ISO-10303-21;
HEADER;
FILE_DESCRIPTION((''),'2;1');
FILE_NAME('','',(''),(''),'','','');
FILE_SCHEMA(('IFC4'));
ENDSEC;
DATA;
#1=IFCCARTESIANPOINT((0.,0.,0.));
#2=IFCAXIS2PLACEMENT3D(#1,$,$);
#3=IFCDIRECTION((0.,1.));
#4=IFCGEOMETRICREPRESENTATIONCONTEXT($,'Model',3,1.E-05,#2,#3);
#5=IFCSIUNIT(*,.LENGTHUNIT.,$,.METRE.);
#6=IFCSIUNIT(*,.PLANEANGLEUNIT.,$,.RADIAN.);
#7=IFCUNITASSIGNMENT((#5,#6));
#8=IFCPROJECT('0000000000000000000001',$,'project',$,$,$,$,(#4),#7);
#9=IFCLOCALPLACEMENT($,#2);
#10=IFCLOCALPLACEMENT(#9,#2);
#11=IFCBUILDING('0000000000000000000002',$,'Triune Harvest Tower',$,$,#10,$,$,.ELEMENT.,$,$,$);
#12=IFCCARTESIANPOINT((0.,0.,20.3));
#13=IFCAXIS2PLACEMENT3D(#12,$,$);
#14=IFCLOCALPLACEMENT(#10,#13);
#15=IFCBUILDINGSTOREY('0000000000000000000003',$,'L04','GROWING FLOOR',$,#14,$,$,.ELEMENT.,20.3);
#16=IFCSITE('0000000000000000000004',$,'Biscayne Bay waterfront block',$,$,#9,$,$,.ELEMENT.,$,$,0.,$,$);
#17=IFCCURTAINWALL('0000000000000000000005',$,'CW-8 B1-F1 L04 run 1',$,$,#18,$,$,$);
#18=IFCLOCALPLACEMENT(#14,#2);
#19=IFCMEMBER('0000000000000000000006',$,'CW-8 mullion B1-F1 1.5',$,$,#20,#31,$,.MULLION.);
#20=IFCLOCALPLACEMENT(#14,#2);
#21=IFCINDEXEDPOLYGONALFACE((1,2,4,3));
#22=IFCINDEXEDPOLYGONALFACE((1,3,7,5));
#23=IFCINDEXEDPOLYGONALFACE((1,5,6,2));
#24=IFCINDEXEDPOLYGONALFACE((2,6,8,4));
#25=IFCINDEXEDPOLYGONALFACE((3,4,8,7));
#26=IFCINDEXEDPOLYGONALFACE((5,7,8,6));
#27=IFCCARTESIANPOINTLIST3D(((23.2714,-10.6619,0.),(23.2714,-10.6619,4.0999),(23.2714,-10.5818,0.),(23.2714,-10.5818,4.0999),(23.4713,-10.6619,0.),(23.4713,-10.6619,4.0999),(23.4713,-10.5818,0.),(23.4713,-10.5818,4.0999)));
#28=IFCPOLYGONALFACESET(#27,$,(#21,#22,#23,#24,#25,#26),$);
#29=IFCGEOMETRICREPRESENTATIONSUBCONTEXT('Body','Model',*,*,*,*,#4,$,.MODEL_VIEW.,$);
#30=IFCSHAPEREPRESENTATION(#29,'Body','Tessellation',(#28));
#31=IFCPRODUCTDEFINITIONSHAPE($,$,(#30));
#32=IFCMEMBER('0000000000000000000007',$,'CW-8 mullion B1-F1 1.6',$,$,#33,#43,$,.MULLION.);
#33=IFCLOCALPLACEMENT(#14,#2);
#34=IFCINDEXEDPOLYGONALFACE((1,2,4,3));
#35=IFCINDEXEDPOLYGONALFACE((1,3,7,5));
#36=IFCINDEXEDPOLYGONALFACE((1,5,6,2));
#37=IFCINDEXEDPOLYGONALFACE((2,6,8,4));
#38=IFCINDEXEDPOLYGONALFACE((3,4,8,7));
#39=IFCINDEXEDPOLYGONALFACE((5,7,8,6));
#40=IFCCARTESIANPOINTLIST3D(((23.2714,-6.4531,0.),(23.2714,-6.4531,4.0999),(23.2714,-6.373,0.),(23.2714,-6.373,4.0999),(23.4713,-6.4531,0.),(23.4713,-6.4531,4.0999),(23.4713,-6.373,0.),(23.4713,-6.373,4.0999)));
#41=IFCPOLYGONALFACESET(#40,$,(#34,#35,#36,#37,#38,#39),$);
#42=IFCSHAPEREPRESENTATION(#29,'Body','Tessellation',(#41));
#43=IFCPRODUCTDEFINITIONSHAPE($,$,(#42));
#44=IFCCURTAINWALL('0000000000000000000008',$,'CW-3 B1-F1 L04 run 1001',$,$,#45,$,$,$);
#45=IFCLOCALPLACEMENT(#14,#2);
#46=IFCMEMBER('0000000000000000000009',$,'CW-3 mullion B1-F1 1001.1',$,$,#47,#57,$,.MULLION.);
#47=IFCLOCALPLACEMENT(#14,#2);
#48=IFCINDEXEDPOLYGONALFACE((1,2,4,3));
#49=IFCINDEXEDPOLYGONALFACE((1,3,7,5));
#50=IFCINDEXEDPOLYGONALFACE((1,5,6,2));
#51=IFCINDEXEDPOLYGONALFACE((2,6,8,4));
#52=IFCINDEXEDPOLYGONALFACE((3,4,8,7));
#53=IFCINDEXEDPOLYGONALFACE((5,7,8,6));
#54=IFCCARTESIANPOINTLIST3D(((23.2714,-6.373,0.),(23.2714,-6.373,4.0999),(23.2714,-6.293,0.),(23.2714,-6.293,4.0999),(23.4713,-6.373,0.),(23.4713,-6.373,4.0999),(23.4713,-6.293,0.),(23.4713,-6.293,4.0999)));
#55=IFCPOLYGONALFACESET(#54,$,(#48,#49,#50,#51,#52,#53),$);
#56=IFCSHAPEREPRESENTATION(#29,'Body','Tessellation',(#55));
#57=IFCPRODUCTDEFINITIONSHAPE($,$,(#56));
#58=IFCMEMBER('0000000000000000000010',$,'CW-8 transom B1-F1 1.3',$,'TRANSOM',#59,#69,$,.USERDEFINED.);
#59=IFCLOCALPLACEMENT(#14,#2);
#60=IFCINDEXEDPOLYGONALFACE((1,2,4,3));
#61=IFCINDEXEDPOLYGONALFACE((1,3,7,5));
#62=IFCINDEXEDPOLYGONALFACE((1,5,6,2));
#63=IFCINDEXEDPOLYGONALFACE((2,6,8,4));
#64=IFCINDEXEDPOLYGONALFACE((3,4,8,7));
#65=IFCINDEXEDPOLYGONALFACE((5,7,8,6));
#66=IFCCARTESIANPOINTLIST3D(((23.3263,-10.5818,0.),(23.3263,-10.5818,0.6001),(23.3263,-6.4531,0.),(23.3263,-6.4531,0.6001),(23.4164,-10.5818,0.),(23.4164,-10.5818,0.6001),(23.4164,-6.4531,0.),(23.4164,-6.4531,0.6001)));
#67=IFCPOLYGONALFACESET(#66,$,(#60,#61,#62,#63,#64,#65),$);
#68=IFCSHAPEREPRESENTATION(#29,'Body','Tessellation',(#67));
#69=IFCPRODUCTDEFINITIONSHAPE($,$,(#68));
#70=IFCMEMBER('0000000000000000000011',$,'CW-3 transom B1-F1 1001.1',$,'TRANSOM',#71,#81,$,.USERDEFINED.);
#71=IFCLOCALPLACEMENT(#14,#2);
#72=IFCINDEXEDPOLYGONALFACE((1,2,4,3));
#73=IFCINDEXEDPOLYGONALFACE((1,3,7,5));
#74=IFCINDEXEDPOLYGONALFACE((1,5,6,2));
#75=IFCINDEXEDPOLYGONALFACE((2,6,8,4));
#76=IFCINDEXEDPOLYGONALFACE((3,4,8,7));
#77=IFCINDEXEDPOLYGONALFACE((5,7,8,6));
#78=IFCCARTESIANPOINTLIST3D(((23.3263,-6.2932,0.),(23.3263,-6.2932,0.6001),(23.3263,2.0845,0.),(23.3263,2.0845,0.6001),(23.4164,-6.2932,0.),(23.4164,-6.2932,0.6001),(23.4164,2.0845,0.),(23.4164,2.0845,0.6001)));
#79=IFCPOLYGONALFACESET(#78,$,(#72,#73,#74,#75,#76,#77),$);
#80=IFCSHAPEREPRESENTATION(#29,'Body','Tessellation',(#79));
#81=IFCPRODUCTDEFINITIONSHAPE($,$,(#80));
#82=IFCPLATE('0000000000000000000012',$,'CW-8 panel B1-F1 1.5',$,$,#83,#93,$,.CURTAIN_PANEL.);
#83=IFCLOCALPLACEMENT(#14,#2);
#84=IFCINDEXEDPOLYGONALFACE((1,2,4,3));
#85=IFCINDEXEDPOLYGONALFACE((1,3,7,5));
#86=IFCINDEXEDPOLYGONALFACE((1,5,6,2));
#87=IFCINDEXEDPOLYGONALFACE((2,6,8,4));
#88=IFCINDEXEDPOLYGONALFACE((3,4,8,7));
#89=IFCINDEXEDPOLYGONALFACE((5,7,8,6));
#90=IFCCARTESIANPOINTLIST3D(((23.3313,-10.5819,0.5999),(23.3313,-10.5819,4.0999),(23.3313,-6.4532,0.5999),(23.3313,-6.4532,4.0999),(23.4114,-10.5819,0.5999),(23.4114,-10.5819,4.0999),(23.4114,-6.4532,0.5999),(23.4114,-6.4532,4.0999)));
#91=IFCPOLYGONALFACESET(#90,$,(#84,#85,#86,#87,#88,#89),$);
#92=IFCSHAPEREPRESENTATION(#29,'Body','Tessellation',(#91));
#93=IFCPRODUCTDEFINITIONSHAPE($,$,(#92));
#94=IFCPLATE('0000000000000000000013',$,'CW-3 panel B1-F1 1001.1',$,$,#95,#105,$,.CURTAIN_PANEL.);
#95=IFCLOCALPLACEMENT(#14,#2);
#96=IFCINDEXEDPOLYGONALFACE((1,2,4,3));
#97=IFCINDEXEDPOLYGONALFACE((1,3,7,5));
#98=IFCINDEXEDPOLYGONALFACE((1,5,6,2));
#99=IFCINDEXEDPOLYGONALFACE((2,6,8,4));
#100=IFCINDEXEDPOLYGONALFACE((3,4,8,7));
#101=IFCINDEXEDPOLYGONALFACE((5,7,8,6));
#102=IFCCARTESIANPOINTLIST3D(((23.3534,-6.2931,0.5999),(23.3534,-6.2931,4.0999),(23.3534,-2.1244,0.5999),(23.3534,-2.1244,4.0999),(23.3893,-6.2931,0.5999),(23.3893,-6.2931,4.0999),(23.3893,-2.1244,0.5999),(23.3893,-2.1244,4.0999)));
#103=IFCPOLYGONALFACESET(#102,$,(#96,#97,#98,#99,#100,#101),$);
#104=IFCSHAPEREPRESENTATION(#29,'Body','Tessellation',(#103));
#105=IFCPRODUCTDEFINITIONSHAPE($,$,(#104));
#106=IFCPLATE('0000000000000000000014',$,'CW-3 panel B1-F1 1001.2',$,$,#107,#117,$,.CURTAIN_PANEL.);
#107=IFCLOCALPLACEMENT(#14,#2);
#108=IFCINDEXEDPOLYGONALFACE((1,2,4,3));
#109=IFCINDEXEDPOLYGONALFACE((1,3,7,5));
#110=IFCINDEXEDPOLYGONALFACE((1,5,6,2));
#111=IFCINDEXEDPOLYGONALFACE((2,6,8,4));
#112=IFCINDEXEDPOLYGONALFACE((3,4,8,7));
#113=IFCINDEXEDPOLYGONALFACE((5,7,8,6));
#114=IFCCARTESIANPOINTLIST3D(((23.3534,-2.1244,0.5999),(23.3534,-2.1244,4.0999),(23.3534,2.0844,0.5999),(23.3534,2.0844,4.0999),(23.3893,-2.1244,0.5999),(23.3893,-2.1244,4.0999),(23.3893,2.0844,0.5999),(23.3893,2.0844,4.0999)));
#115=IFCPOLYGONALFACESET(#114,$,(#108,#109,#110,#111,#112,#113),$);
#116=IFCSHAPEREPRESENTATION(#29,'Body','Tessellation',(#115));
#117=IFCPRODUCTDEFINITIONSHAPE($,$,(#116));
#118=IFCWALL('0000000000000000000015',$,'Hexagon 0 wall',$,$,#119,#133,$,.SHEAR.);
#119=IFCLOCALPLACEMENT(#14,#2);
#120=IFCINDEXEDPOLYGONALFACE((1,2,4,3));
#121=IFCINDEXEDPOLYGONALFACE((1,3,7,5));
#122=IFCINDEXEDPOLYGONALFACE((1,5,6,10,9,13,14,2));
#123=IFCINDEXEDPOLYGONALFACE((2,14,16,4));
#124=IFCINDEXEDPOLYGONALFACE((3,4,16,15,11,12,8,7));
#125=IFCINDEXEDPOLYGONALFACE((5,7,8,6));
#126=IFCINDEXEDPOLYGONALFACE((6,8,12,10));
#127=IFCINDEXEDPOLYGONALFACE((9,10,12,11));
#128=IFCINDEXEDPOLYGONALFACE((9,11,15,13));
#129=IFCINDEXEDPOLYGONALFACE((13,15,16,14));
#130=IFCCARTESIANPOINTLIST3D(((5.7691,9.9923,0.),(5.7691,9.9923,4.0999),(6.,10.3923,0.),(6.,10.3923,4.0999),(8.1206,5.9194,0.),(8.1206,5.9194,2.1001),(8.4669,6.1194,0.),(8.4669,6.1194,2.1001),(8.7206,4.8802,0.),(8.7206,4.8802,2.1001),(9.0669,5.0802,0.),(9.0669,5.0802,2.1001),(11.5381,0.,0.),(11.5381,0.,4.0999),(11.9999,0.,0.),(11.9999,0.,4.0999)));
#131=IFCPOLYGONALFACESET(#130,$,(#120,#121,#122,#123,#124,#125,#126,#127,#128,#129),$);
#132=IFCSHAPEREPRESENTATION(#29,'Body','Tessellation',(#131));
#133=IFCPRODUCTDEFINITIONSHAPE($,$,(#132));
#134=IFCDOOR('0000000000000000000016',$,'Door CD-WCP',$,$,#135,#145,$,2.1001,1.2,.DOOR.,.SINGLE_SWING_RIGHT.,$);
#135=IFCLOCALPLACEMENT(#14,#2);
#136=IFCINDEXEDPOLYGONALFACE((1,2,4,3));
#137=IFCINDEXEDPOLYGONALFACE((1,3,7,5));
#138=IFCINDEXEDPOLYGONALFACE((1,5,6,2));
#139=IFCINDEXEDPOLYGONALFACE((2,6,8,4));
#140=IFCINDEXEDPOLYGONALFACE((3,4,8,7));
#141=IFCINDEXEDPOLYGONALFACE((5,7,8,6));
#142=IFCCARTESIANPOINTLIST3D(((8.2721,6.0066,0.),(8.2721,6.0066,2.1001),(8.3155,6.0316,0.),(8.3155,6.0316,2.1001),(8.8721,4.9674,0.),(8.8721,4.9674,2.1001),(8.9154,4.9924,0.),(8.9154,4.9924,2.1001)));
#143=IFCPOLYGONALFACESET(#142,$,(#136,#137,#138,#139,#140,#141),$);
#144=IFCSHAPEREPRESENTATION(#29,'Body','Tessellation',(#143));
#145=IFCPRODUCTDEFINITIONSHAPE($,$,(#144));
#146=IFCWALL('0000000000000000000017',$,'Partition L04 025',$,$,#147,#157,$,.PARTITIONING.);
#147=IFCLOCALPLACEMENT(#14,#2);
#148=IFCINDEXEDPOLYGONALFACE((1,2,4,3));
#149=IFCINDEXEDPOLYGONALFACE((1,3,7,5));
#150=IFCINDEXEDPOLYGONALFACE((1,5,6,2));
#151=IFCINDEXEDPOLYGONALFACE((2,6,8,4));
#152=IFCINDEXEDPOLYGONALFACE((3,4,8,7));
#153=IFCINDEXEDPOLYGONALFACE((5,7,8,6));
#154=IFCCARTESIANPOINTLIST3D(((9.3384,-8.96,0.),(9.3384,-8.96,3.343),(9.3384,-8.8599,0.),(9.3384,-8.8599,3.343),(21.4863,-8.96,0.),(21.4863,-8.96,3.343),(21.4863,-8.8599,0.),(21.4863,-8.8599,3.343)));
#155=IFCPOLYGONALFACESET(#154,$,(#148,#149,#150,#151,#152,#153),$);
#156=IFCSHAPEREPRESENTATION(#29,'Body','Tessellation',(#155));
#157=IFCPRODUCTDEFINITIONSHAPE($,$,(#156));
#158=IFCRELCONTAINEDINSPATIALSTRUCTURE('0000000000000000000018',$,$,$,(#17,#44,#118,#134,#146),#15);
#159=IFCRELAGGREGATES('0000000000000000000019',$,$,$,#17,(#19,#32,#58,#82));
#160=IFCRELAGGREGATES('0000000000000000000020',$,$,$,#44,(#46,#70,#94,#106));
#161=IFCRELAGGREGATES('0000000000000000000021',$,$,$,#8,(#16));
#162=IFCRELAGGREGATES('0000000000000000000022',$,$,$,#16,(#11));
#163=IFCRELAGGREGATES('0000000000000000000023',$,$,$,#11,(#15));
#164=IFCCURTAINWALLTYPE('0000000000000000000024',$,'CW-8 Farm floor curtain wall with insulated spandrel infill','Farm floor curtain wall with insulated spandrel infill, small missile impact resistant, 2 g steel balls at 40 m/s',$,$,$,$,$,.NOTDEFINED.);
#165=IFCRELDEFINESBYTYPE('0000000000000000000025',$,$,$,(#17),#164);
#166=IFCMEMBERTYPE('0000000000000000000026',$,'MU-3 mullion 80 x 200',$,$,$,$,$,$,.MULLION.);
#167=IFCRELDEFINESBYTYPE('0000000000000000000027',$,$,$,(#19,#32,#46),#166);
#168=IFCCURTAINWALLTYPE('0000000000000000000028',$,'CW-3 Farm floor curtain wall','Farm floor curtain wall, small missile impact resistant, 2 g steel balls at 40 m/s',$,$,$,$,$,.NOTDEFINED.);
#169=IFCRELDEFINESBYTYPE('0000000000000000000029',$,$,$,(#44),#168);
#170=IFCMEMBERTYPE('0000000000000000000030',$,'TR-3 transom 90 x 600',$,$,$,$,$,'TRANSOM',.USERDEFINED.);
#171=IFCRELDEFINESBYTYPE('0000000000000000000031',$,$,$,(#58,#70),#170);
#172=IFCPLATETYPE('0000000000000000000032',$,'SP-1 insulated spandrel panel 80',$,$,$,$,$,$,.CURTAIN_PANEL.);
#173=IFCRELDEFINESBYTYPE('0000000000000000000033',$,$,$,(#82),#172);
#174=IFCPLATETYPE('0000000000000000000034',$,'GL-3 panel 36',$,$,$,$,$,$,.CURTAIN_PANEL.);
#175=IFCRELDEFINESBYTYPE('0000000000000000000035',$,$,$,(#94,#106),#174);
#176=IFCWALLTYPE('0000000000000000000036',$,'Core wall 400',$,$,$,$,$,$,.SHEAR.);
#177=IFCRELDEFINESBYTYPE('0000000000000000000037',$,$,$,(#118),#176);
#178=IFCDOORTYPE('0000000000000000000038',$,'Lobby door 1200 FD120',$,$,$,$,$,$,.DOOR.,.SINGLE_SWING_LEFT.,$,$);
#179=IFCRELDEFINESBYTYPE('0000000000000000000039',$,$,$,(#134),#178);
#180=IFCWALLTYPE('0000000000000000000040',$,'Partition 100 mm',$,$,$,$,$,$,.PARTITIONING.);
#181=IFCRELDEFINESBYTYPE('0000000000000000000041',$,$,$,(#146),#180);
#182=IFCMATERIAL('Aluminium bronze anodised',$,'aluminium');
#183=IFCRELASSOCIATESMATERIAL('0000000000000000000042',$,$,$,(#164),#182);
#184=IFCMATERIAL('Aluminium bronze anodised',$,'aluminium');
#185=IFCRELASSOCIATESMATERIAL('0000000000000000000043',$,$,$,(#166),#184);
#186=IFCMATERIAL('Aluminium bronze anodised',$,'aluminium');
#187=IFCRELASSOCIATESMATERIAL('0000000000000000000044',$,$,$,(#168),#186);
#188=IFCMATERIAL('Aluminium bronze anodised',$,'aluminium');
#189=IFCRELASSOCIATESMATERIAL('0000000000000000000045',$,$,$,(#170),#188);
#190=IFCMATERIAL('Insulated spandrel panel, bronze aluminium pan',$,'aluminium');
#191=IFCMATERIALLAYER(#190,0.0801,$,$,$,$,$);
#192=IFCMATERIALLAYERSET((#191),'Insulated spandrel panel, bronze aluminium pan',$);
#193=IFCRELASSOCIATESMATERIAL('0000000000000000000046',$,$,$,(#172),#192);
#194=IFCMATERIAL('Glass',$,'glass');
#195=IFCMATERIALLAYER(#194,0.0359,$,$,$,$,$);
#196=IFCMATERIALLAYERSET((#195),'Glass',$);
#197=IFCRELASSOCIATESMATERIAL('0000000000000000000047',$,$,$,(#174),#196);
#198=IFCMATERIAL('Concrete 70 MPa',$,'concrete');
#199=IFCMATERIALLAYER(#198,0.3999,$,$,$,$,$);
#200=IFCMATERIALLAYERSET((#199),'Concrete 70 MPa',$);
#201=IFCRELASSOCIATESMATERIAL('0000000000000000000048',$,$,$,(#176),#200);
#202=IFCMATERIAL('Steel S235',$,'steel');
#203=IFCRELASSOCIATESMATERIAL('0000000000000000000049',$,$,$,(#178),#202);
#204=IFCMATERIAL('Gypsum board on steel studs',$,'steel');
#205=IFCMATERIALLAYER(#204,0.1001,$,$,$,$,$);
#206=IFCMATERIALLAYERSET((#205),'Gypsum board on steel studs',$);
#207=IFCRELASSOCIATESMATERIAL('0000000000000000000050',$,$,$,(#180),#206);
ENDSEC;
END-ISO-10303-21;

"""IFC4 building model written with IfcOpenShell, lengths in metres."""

from ifc_helpers import new_model, si_unit, direction, frame, frame_2d, origin, origin_2d, place, context, subcontext, project, spatial, polyline, rectangle, outline, extrude, source, transform, mapped, material, layer, layer_set, material_profile, profile_set, type_object, element, fill, aggregate, save


model = new_model("IFC4")

# Units and contexts
model_context = context("Model", 3, precision=1e-05, world=origin(), true_north=direction((0.0, 1.0)))
body_context = subcontext(model_context, "Body", "Model", "MODEL_VIEW")
ifc_project = project(units=[si_unit("LENGTHUNIT", "METRE"), si_unit("PLANEANGLEUNIT", "RADIAN")], contexts=[model_context])

# Site, building, storey
site_placement = place(None, origin())
site = spatial("IfcSite", under=ifc_project, at=site_placement, Name="Biscayne Bay waterfront block", CompositionType="ELEMENT", RefElevation=0.0)
building_placement = place(site_placement, origin())
building = spatial("IfcBuilding", under=site, at=building_placement, Name="Triune Harvest Tower", CompositionType="ELEMENT")
storey_placement = place(building_placement, frame((0.0, 0.0, 20.3)))
storey = spatial("IfcBuildingStorey", under=building, at=storey_placement, Name="L04", Description="GROWING FLOOR", CompositionType="ELEMENT", Elevation=20.3)

# Curtain wall, members
ifc_material_1 = material(Name="Aluminium bronze anodised", Category="aluminium")
curtain_wall_type_1 = type_object("IfcCurtainWallType", Name="CW-8 Farm floor curtain wall with insulated spandrel infill", Description="Farm floor curtain wall with insulated spandrel infill, small missile impact resistant, 2 g steel balls at 40 m/s", PredefinedType="NOTDEFINED", material=ifc_material_1)
curtain_wall_1_placement = place(storey_placement, origin())
curtain_wall_1 = element("IfcCurtainWall", 1, at=curtain_wall_1_placement, inside=storey, type_object=curtain_wall_type_1, Name="CW-8 B1-F1 L04 run 1")
ifc_material_2 = material(Name="Aluminium bronze anodised", Category="aluminium")
ifc_material_profile_1 = material_profile(ifc_material_2, rectangle(XDim=0.2, YDim=0.0801, at=origin_2d()), Name="MU-3 mullion 80 x 200")
ifc_profile_set_1 = profile_set([ifc_material_profile_1], Name="Aluminium bronze anodised")
member_type_1 = type_object("IfcMemberType", Name="MU-3 mullion 80 x 200", PredefinedType="MULLION", material=ifc_profile_set_1)
shared_shape_1 = source(origin(), body_context, "Body", "SweptSolid", [
    extrude(rectangle(XDim=0.2, YDim=0.0801, at=origin_2d()), origin(), (0.0, 0.0, 1.0), 4.0999),
])
member_1_placement = place(storey_placement, frame((23.3713, -10.6218, 0.0), z_axis=(0.0, 0.0, 1.0), x_axis=(-1.0, 0.0, 0.0)))
member_1 = element("IfcMember", 2, at=member_1_placement, type_object=member_type_1, Name="CW-8 mullion B1-F1 1.5", PredefinedType="MULLION", context=body_context, shape_type="MappedRepresentation", body=[
    mapped(shared_shape_1, transform((0.0, 0.0, 0.0), scale=1.0)),
])
member_2_placement = place(storey_placement, frame((23.3713, -6.4131, 0.0), z_axis=(0.0, 0.0, 1.0), x_axis=(-1.0, 0.0, 0.0)))
member_2 = element("IfcMember", 3, at=member_2_placement, type_object=member_type_1, Name="CW-8 mullion B1-F1 1.6", PredefinedType="MULLION", context=body_context, shape_type="MappedRepresentation", body=[
    mapped(shared_shape_1, transform((0.0, 0.0, 0.0), scale=1.0)),
])

# Curtain wall, member
ifc_material_3 = material(Name="Aluminium bronze anodised", Category="aluminium")
curtain_wall_type_2 = type_object("IfcCurtainWallType", Name="CW-3 Farm floor curtain wall", Description="Farm floor curtain wall, small missile impact resistant, 2 g steel balls at 40 m/s", PredefinedType="NOTDEFINED", material=ifc_material_3)
curtain_wall_2_placement = place(storey_placement, origin())
curtain_wall_2 = element("IfcCurtainWall", 4, at=curtain_wall_2_placement, inside=storey, type_object=curtain_wall_type_2, Name="CW-3 B1-F1 L04 run 1001")
member_3_placement = place(storey_placement, frame((23.3713, -6.333, 0.0), z_axis=(0.0, 0.0, 1.0), x_axis=(-1.0, 0.0, 0.0)))
member_3 = element("IfcMember", 5, at=member_3_placement, type_object=member_type_1, Name="CW-3 mullion B1-F1 1001.1", PredefinedType="MULLION", context=body_context, shape_type="MappedRepresentation", body=[
    mapped(shared_shape_1, transform((0.0, 0.0, 0.0), scale=1.0)),
])

# Members
ifc_material_4 = material(Name="Aluminium bronze anodised", Category="aluminium")
ifc_material_profile_2 = material_profile(ifc_material_4, rectangle(XDim=0.0901, YDim=0.6001, at=origin_2d()), Name="TR-3 transom 90 x 600")
ifc_profile_set_2 = profile_set([ifc_material_profile_2], Name="Aluminium bronze anodised")
member_type_2 = type_object("IfcMemberType", Name="TR-3 transom 90 x 600", ElementType="TRANSOM", PredefinedType="USERDEFINED", material=ifc_profile_set_2)
shared_shape_2 = source(origin(), body_context, "Body", "SweptSolid", [
    extrude(rectangle(XDim=0.0901, YDim=0.6001, at=origin_2d()), origin(), (0.0, 0.0, 1.0), 4.1287),
])
member_4_placement = place(storey_placement, frame((23.3713, -10.5818, 0.3), z_axis=(0.0, 1.0, 0.0), x_axis=(-1.0, 0.0, 0.0)))
member_4 = element("IfcMember", 6, at=member_4_placement, type_object=member_type_2, Name="CW-8 transom B1-F1 1.3", ObjectType="TRANSOM", PredefinedType="USERDEFINED", context=body_context, shape_type="MappedRepresentation", body=[
    mapped(shared_shape_2, transform((0.0, 0.0, 0.0), scale=1.0)),
])
shared_shape_3 = source(origin(), body_context, "Body", "SweptSolid", [
    extrude(rectangle(XDim=0.0901, YDim=0.6001, at=origin_2d()), origin(), (0.0, 0.0, 1.0), 8.3777),
])
member_5_placement = place(storey_placement, frame((23.3713, -6.2932, 0.3), z_axis=(0.0, 1.0, 0.0), x_axis=(-1.0, 0.0, 0.0)))
member_5 = element("IfcMember", 7, at=member_5_placement, type_object=member_type_2, Name="CW-3 transom B1-F1 1001.1", ObjectType="TRANSOM", PredefinedType="USERDEFINED", context=body_context, shape_type="MappedRepresentation", body=[
    mapped(shared_shape_3, transform((0.0, 0.0, 0.0), scale=1.0)),
])

# Plates
ifc_material_5 = material(Name="Insulated spandrel panel, bronze aluminium pan", Category="aluminium")
ifc_layer_1 = layer(ifc_material_5, 0.0801)
ifc_layer_set_1 = layer_set([ifc_layer_1], Name="Insulated spandrel panel, bronze aluminium pan")
plate_type_1 = type_object("IfcPlateType", Name="SP-1 insulated spandrel panel 80", PredefinedType="CURTAIN_PANEL", material=ifc_layer_set_1)
shared_shape_4 = source(origin(), body_context, "Body", "SweptSolid", [
    extrude(rectangle(XDim=4.1287, YDim=0.0801, at=origin_2d()), origin(), (0.0, 0.0, 1.0), 3.5),
])
plate_1_placement = place(storey_placement, frame((23.3713, -8.5176, 0.5999), z_axis=(0.0, 0.0, 1.0), x_axis=(0.0, 1.0, 0.0)))
plate_1 = element("IfcPlate", 8, at=plate_1_placement, type_object=plate_type_1, Name="CW-8 panel B1-F1 1.5", PredefinedType="CURTAIN_PANEL", context=body_context, shape_type="MappedRepresentation", body=[
    mapped(shared_shape_4, transform((0.0, 0.0, 0.0), scale=1.0)),
])
aggregate(curtain_wall_1, [member_1, member_2, member_4, plate_1])
ifc_material_6 = material(Name="Glass", Category="glass")
ifc_layer_2 = layer(ifc_material_6, 0.0359)
ifc_layer_set_2 = layer_set([ifc_layer_2], Name="Glass")
plate_type_2 = type_object("IfcPlateType", Name="GL-3 panel 36", PredefinedType="CURTAIN_PANEL", material=ifc_layer_set_2)
shared_shape_5 = source(origin(), body_context, "Body", "SweptSolid", [
    extrude(rectangle(XDim=4.1687, YDim=0.0359, at=origin_2d()), origin(), (0.0, 0.0, 1.0), 3.5),
])
plate_2_placement = place(storey_placement, frame((23.3713, -4.2087, 0.5999), z_axis=(0.0, 0.0, 1.0), x_axis=(0.0, 1.0, 0.0)))
plate_2 = element("IfcPlate", 9, at=plate_2_placement, type_object=plate_type_2, Name="CW-3 panel B1-F1 1001.1", PredefinedType="CURTAIN_PANEL", context=body_context, shape_type="MappedRepresentation", body=[
    mapped(shared_shape_5, transform((0.0, 0.0, 0.0), scale=1.0)),
])
shared_shape_6 = source(origin(), body_context, "Body", "SweptSolid", [
    extrude(rectangle(XDim=4.2087, YDim=0.0359, at=origin_2d()), origin(), (0.0, 0.0, 1.0), 3.5),
])
plate_3_placement = place(storey_placement, frame((23.3713, -0.02, 0.5999), z_axis=(0.0, 0.0, 1.0), x_axis=(0.0, 1.0, 0.0)))
plate_3 = element("IfcPlate", 10, at=plate_3_placement, type_object=plate_type_2, Name="CW-3 panel B1-F1 1001.2", PredefinedType="CURTAIN_PANEL", context=body_context, shape_type="MappedRepresentation", body=[
    mapped(shared_shape_6, transform((0.0, 0.0, 0.0), scale=1.0)),
])
aggregate(curtain_wall_2, [member_3, member_5, plate_2, plate_3])

# Wall, opening, door
ifc_material_7 = material(Name="Concrete 70 MPa", Category="concrete")
ifc_layer_3 = layer(ifc_material_7, 0.3999)
ifc_layer_set_3 = layer_set([ifc_layer_3], Name="Concrete 70 MPa")
wall_type_1 = type_object("IfcWallType", Name="Core wall 400", PredefinedType="SHEAR", material=ifc_layer_set_3)
shared_shape_7 = source(origin(), body_context, "Body", "SweptSolid", [
    extrude(outline(polyline([(-0.1155, -0.2), (11.8845, -0.2), (11.6536, 0.2), (0.1155, 0.2), (-0.1155, -0.2)])), origin(), (0.0, 0.0, 1.0), 4.0999),
])
wall_1_placement = place(storey_placement, frame((11.769, 0.0, 0.0), z_axis=(0.0, 0.0, 1.0), x_axis=(-0.499997, 0.866027, 0.0)))
wall_1 = element("IfcWall", 11, at=wall_1_placement, inside=storey, type_object=wall_type_1, Name="Hexagon 0 wall", PredefinedType="SHEAR", context=body_context, shape_type="MappedRepresentation", body=[
    mapped(shared_shape_7, transform((0.0, 0.0, 0.0), scale=1.0)),
])
opening_1_placement = place(wall_1_placement, frame((5.7505, 0.0, 0.0)))
opening_1 = element("IfcOpeningElement", 12, at=opening_1_placement, cuts=wall_1, PredefinedType="OPENING", context=body_context, shape_type="SweptSolid", body=[
    extrude(rectangle(XDim=1.2, YDim=2.1001, at=frame_2d((0.6001, 1.05))), frame((0.0, 0.21, 0.0), z_axis=(0.0, -1.0, 0.0), x_axis=(1.0, 0.0, 0.0)), (0.0, 0.0, 1.0), 0.4199),
])
ifc_material_8 = material(Name="Steel S235", Category="steel")
door_type_1 = type_object("IfcDoorType", Name="Lobby door 1200 FD120", OperationType="SINGLE_SWING_LEFT", PredefinedType="DOOR", material=ifc_material_8)
door_1_placement = place(opening_1_placement, frame((1.2, 0.0, 0.0), z_axis=(0.0, 0.0, 1.0), x_axis=(-1.0, 0.0, 0.0)))
door_1 = element("IfcDoor", 13, at=door_1_placement, inside=storey, type_object=door_type_1, Name="Door CD-WCP", OperationType="SINGLE_SWING_RIGHT", OverallHeight=2.1001, OverallWidth=1.2, PredefinedType="DOOR", context=body_context, shape_type="SweptSolid", body=[
    extrude(rectangle(XDim=1.2, YDim=2.1001, at=frame_2d((0.6001, 1.05))), frame((0.0, 0.0249, 0.0), z_axis=(0.0, -1.0, 0.0), x_axis=(1.0, 0.0, 0.0)), (0.0, 0.0, 1.0), 0.05),
])
fill(opening_1, door_1)

# Wall
ifc_material_9 = material(Name="Gypsum board on steel studs", Category="steel")
ifc_layer_4 = layer(ifc_material_9, 0.1001)
ifc_layer_set_4 = layer_set([ifc_layer_4], Name="Gypsum board on steel studs")
wall_type_2 = type_object("IfcWallType", Name="Partition 100 mm", PredefinedType="PARTITIONING", material=ifc_layer_set_4)
shared_shape_8 = source(origin(), body_context, "Body", "SweptSolid", [
    extrude(rectangle(XDim=12.1479, YDim=0.1001, at=frame_2d((6.074, 0.0))), origin(), (0.0, 0.0, 1.0), 3.343),
])
wall_2_placement = place(storey_placement, frame((9.3384, -8.9099, 0.0), z_axis=(0.0, 0.0, 1.0), x_axis=(1.0, 0.0, 0.0)))
element("IfcWall", 14, at=wall_2_placement, inside=storey, type_object=wall_type_2, Name="Partition L04 025", PredefinedType="PARTITIONING", context=body_context, shape_type="MappedRepresentation", body=[
    mapped(shared_shape_8, transform((0.0, 0.0, 0.0), scale=1.0)),
])

save(model, "model.ifc")
